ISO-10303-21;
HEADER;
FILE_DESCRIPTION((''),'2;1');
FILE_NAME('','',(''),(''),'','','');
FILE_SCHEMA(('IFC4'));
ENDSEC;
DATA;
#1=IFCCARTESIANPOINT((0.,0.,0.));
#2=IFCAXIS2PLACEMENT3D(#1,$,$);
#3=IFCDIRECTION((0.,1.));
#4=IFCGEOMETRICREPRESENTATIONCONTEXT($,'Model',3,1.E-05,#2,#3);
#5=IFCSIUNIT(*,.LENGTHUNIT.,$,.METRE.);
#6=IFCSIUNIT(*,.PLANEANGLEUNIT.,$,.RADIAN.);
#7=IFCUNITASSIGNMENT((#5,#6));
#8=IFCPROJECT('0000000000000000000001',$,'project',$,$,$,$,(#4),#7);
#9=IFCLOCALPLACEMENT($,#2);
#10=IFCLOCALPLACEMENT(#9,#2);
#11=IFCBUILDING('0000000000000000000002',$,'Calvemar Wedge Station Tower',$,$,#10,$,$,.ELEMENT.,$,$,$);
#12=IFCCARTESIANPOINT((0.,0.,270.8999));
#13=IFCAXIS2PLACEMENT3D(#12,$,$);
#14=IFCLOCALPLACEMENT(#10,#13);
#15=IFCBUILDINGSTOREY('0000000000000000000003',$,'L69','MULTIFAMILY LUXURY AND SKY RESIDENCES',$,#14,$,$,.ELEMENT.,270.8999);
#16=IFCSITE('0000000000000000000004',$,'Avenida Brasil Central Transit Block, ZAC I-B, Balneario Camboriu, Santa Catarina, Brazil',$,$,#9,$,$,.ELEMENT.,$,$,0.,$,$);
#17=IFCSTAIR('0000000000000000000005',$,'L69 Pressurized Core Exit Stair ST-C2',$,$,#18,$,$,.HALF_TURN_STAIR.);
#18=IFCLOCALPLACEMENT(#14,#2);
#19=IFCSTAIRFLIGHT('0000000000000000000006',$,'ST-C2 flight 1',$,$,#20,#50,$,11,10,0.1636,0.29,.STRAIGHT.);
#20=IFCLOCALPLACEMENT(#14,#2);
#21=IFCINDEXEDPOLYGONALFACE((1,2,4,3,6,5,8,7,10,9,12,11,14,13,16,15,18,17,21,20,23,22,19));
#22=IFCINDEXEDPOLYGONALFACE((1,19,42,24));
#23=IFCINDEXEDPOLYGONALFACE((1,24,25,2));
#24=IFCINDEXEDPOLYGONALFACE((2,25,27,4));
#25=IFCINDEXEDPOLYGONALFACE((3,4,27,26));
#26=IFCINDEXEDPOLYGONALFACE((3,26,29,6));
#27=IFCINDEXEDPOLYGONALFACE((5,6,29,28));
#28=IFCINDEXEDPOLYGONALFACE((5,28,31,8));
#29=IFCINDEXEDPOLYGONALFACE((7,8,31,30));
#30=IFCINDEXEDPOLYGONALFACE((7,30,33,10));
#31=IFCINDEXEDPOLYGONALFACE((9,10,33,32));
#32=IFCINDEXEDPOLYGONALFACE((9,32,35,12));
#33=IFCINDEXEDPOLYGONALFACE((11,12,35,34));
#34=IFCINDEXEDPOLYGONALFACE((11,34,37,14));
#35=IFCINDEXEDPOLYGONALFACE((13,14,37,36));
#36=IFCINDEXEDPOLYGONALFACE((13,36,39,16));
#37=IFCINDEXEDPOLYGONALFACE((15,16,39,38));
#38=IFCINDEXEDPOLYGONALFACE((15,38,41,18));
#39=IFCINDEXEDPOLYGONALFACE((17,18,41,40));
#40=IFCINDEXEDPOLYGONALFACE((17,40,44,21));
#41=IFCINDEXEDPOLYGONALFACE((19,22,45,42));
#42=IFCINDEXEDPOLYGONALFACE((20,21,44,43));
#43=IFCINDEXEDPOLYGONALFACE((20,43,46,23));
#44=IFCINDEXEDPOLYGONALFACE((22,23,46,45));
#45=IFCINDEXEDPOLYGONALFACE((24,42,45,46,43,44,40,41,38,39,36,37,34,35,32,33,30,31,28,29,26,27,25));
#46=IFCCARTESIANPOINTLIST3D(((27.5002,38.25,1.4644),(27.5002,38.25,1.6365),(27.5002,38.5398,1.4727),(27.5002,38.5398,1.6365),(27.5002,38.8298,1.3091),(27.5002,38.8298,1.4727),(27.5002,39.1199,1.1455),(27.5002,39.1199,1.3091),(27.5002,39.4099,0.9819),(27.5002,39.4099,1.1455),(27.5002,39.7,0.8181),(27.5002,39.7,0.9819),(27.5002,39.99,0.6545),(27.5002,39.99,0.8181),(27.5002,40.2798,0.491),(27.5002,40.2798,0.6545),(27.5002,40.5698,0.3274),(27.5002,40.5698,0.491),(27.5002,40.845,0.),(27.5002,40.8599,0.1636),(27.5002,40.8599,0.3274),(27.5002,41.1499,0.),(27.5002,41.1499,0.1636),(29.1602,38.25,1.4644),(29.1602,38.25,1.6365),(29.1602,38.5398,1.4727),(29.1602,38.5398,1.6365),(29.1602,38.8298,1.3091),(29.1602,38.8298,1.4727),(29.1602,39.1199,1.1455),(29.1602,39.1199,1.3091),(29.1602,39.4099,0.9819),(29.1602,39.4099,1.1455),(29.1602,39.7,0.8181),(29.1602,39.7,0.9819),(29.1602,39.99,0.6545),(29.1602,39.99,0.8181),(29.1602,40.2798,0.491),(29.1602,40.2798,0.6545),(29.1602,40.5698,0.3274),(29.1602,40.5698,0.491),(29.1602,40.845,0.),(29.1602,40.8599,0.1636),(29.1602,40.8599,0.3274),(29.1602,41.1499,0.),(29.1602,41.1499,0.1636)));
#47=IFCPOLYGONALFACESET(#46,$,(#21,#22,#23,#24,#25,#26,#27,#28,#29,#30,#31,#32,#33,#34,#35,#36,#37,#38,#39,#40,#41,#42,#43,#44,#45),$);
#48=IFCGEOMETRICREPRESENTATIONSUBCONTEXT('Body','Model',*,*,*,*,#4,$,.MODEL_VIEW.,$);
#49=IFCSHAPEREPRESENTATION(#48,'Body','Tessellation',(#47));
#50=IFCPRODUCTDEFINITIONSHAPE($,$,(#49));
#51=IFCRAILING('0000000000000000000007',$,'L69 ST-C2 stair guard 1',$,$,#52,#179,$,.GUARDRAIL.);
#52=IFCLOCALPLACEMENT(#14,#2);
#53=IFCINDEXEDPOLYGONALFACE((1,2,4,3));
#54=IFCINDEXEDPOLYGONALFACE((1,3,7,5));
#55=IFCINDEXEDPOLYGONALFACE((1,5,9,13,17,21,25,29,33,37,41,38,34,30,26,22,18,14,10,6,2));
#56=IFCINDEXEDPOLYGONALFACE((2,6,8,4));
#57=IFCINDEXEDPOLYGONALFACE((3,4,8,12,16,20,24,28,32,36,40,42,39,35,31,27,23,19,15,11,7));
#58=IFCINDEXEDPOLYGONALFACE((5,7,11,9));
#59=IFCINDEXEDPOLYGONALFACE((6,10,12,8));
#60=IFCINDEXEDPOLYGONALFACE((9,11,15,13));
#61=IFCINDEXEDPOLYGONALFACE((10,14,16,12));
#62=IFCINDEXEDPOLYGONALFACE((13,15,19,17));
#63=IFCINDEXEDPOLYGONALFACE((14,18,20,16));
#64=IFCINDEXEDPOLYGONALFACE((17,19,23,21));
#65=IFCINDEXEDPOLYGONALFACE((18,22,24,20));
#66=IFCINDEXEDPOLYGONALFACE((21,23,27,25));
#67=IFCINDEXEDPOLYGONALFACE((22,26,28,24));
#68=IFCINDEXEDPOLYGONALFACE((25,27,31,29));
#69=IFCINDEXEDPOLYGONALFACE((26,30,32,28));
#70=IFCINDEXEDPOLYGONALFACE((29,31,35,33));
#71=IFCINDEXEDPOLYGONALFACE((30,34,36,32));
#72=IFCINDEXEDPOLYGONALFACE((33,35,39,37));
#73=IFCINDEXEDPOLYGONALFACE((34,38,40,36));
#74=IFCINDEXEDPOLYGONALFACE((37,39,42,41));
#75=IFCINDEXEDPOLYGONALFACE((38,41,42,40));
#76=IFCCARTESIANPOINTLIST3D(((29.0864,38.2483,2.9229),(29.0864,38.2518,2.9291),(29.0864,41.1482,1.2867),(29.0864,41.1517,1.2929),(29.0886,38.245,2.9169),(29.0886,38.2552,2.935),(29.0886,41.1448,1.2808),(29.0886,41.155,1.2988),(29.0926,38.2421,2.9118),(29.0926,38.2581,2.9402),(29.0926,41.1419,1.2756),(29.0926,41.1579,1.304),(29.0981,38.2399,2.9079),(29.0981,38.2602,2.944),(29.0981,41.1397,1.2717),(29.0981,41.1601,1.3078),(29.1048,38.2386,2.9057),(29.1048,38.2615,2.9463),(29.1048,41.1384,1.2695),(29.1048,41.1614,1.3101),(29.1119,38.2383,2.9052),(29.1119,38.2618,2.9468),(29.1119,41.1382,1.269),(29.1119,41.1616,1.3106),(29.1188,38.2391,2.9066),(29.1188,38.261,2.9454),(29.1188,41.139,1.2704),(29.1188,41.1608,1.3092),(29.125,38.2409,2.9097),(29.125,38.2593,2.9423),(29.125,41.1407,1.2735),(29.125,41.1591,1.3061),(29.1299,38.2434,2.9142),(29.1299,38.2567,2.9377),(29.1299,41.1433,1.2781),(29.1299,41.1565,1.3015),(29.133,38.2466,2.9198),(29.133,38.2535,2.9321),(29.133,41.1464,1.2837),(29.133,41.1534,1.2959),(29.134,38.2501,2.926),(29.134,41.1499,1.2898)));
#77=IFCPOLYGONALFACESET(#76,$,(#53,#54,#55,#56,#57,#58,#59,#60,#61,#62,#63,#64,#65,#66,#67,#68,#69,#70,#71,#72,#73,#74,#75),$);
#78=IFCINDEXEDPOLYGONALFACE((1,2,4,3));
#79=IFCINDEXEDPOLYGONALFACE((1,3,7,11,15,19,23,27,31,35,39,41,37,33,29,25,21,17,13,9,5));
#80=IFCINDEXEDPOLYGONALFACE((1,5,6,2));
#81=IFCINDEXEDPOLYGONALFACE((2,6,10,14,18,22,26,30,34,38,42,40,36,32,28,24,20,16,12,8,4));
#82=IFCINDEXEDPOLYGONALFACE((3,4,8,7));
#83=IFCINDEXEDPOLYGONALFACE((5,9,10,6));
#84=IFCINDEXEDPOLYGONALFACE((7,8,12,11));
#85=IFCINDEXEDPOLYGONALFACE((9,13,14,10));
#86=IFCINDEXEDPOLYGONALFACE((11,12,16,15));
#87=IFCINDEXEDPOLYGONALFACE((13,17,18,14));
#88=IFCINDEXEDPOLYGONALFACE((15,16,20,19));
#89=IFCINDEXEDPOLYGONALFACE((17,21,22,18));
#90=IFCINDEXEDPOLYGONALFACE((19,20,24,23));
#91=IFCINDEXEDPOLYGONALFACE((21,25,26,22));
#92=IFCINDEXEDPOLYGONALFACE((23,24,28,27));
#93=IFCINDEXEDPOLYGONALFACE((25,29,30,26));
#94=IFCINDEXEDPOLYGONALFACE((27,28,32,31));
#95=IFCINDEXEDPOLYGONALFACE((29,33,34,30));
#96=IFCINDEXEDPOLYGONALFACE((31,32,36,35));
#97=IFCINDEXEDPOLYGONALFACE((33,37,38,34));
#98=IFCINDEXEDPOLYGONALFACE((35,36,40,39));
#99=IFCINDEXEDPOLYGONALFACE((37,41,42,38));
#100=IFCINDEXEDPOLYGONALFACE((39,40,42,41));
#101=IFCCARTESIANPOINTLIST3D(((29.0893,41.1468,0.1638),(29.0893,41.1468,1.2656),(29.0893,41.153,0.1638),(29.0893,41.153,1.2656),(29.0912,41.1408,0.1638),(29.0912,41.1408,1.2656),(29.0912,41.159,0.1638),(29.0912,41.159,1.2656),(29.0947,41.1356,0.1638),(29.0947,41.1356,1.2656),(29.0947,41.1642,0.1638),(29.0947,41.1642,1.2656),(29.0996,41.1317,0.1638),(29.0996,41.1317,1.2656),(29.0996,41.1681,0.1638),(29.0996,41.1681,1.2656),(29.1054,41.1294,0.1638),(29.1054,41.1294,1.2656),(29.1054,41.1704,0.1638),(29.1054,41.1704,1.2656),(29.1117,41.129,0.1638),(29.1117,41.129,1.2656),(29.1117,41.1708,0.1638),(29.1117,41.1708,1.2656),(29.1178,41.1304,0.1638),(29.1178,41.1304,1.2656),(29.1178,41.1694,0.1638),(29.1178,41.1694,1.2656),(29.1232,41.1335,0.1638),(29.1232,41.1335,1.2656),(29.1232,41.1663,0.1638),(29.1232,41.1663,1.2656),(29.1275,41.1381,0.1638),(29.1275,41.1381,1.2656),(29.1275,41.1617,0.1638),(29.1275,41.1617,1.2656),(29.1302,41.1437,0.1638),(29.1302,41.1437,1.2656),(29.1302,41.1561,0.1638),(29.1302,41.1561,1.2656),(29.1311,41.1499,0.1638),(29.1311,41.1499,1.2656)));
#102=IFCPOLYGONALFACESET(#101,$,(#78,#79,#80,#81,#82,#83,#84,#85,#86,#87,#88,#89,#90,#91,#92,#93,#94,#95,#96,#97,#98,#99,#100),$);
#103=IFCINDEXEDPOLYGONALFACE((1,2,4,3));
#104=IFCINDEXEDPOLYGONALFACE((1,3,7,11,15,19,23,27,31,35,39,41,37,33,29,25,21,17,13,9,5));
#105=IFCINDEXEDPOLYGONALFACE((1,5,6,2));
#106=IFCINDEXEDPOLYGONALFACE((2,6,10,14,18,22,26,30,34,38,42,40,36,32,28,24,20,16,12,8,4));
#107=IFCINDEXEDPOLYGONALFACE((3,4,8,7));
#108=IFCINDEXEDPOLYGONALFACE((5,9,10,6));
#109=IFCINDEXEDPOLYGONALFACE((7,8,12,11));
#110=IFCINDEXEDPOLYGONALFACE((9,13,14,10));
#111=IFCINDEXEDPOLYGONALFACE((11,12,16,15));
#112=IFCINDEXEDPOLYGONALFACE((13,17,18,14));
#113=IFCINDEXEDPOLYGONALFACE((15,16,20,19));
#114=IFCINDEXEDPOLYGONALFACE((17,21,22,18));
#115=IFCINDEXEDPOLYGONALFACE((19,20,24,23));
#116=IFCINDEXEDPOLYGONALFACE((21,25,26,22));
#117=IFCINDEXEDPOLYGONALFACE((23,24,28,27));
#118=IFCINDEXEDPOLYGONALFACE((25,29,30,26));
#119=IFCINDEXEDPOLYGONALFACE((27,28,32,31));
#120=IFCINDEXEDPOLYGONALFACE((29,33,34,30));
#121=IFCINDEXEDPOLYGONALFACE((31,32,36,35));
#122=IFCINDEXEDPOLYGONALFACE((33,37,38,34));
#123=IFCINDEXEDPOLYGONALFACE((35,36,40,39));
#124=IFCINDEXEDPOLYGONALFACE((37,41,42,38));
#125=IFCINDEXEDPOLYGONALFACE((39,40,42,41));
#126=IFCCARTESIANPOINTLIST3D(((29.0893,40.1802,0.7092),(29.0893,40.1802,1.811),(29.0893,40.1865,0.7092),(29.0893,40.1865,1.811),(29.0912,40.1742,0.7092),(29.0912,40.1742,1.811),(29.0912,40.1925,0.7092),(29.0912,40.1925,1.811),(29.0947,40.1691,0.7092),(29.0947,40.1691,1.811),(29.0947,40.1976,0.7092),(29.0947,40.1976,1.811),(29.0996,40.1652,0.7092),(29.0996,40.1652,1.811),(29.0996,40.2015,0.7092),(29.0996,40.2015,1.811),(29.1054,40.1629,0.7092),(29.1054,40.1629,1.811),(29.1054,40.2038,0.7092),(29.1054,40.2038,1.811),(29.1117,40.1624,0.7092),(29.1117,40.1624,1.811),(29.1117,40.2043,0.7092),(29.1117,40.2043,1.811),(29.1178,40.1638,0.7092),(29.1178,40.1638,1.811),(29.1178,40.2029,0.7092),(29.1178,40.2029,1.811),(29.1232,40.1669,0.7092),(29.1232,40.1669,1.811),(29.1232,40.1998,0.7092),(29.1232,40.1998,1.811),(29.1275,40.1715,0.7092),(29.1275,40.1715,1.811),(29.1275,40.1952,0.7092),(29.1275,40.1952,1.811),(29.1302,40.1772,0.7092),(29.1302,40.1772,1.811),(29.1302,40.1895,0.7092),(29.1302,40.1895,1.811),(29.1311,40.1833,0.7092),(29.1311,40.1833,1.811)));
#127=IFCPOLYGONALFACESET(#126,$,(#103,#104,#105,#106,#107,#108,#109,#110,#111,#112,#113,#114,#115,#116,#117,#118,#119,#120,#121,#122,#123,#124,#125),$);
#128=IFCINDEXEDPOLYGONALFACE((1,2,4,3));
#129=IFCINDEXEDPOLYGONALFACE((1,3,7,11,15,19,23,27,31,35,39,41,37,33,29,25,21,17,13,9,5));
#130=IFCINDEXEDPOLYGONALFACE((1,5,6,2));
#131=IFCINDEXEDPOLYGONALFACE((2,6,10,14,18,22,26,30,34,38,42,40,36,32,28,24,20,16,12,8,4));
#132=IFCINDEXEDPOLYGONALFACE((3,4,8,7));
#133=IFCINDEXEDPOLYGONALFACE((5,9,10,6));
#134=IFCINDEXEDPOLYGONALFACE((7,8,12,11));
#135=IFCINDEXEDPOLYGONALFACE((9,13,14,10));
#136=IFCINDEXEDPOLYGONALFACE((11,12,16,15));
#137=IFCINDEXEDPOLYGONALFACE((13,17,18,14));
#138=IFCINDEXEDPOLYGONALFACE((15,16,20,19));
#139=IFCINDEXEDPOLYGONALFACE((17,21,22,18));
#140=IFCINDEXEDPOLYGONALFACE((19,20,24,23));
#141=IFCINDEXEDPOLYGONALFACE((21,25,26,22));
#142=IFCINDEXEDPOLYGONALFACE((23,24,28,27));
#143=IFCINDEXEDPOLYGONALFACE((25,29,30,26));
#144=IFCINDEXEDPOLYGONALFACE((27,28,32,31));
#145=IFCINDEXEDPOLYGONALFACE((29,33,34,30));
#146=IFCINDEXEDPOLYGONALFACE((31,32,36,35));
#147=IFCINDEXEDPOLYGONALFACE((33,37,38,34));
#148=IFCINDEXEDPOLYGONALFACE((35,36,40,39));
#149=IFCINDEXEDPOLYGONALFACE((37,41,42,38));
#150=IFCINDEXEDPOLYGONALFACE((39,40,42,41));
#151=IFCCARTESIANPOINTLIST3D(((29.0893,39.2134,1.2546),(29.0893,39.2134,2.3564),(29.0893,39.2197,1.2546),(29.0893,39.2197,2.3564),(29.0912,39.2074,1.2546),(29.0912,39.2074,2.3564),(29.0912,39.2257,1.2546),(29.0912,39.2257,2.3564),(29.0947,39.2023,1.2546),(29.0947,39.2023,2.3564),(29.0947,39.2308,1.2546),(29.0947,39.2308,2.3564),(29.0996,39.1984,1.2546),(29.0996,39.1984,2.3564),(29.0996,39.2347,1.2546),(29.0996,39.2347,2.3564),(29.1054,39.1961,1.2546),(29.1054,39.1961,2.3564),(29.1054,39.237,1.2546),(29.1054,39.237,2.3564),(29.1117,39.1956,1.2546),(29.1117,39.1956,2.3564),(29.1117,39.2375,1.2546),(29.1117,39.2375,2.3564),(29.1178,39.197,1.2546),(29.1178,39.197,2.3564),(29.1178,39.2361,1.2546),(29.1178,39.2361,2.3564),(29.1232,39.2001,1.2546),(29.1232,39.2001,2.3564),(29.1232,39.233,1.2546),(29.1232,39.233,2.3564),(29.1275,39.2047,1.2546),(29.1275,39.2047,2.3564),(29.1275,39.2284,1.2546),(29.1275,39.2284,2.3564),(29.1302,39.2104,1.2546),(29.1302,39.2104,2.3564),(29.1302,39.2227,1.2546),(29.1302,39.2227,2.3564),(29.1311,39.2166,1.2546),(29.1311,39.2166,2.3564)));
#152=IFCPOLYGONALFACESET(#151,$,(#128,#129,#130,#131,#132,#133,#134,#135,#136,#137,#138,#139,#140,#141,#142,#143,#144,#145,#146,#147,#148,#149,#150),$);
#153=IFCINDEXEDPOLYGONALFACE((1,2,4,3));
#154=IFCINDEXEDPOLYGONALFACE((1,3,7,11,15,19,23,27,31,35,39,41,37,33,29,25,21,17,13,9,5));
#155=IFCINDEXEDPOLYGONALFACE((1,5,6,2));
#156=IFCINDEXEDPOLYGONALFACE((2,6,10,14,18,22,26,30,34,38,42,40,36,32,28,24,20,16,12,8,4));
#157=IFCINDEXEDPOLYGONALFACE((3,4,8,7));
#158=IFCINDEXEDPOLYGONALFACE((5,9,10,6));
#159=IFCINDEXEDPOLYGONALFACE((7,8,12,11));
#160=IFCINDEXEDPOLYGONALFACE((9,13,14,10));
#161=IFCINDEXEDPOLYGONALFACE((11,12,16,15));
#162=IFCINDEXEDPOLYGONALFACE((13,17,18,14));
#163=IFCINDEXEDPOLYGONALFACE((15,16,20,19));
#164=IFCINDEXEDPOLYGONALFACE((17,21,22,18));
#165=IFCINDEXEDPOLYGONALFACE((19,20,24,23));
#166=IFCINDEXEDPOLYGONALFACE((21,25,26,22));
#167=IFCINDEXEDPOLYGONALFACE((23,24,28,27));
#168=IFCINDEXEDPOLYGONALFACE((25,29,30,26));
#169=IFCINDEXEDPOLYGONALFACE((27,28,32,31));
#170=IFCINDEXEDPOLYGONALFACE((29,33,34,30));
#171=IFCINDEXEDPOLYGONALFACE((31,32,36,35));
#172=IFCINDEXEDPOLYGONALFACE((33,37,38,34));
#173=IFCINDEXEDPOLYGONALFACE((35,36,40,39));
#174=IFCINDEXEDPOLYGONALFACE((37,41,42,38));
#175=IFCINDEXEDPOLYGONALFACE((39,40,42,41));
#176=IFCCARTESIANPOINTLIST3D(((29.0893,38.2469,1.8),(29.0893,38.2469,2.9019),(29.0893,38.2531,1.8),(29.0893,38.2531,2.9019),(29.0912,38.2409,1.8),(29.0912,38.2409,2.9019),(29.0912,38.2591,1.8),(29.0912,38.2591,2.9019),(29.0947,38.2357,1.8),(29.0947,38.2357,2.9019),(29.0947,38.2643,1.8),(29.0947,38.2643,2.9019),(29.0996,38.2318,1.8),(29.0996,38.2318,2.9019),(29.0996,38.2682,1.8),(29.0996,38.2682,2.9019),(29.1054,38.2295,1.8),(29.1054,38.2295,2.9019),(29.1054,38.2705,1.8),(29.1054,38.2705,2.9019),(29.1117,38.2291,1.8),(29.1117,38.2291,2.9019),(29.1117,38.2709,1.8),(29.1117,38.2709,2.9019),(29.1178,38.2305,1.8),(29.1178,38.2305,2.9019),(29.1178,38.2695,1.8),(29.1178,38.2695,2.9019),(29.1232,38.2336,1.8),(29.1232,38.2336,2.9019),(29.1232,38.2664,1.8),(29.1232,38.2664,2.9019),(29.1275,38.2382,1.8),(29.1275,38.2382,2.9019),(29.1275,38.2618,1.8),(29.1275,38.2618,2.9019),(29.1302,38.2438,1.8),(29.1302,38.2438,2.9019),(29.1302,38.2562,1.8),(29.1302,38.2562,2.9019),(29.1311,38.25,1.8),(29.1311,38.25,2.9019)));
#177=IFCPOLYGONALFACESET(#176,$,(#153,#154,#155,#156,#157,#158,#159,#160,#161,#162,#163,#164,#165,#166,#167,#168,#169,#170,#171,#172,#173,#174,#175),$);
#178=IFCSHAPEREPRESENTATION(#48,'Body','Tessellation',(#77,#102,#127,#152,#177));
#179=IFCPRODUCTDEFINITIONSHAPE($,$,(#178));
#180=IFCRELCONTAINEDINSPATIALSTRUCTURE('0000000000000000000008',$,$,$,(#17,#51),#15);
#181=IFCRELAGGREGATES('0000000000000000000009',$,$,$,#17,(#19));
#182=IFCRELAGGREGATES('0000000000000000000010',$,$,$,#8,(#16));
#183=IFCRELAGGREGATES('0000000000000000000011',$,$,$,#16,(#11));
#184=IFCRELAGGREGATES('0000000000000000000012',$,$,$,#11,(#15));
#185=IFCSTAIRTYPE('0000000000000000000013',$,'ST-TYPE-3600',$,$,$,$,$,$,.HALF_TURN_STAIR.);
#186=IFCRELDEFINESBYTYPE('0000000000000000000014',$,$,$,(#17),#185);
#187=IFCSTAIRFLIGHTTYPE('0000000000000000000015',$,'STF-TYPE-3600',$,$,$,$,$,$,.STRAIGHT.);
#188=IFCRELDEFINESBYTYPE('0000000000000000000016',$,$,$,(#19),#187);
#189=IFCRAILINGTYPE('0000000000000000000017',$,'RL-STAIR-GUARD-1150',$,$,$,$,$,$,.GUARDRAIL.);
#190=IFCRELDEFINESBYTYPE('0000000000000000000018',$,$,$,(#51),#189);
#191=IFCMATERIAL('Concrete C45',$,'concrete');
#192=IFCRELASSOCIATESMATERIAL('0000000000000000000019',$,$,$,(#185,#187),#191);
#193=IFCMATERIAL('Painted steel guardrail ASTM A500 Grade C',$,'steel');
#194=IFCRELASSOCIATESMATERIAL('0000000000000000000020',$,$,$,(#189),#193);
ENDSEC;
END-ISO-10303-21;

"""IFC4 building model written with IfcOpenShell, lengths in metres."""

from ifc_helpers import new_model, si_unit, direction, frame, origin, origin_2d, place, context, subcontext, project, spatial, polyline, circle, outline, extrude, material, type_object, element, aggregate, save


model = new_model("IFC4")

# Units and contexts
model_context = context("Model", 3, precision=1e-05, world=origin(), true_north=direction((0.0, 1.0)))
body_context = subcontext(model_context, "Body", "Model", "MODEL_VIEW")
ifc_project = project(units=[si_unit("LENGTHUNIT", "METRE"), si_unit("PLANEANGLEUNIT", "RADIAN")], contexts=[model_context])

# Site, building, storey
site_placement = place(None, origin())
site = spatial("IfcSite", under=ifc_project, at=site_placement, Name="Avenida Brasil Central Transit Block, ZAC I-B, Balneario Camboriu, Santa Catarina, Brazil", CompositionType="ELEMENT", RefElevation=0.0)
building_placement = place(site_placement, origin())
building = spatial("IfcBuilding", under=site, at=building_placement, Name="Calvemar Wedge Station Tower", CompositionType="ELEMENT")
storey_placement = place(building_placement, frame((0.0, 0.0, 270.8999)))
storey = spatial("IfcBuildingStorey", under=building, at=storey_placement, Name="L69", Description="MULTIFAMILY LUXURY AND SKY RESIDENCES", CompositionType="ELEMENT", Elevation=270.8999)

# Stair, stair flight
ifc_material_1 = material(Name="Concrete C45", Category="concrete")
stair_type = type_object("IfcStairType", Name="ST-TYPE-3600", PredefinedType="HALF_TURN_STAIR", material=ifc_material_1)
stair_placement = place(storey_placement, origin())
stair = element("IfcStair", 1, at=stair_placement, inside=storey, type_object=stair_type, Name="L69 Pressurized Core Exit Stair ST-C2", PredefinedType="HALF_TURN_STAIR")
stair_flight_type = type_object("IfcStairFlightType", Name="STF-TYPE-3600", PredefinedType="STRAIGHT", material=ifc_material_1)
stair_flight_placement = place(storey_placement, frame((28.3301, 41.1499, 0.0), z_axis=(0.0, 0.0, 1.0), x_axis=(0.0, -1.0, 0.0)))
stair_flight = element("IfcStairFlight", 2, at=stair_flight_placement, type_object=stair_flight_type, Name="ST-C2 flight 1", NumberOfRisers=11, NumberOfTreads=10, PredefinedType="STRAIGHT", RiserHeight=0.1636, TreadLength=0.29, context=body_context, shape_type="SweptSolid", body=[
    extrude(outline(polyline([(0.0, 0.0), (0.0, 0.1636), (0.29, 0.1636), (0.29, 0.3274), (0.5801, 0.3274), (0.5801, 0.491), (0.8701, 0.491), (0.8701, 0.6545), (1.1599, 0.6545), (1.1599, 0.8181), (1.45, 0.8181), (1.45, 0.9819), (1.74, 0.9819), (1.74, 1.1455), (2.03, 1.1455), (2.03, 1.3091), (2.3201, 1.3091), (2.3201, 1.4727), (2.6101, 1.4727), (2.6101, 1.6365), (2.8999, 1.6365), (2.8999, 1.8), (2.8999, 1.4644), (0.3049, 0.0), (0.0, 0.0)])), frame((0.0, 0.8301, 0.0), z_axis=(0.0, -1.0, 0.0), x_axis=(1.0, 0.0, 0.0)), (0.0, 0.0, 1.0), 1.6599),
])
aggregate(stair, [stair_flight])

# Railing
ifc_material_2 = material(Name="Painted steel guardrail ASTM A500 Grade C", Category="steel")
railing_type = type_object("IfcRailingType", Name="RL-STAIR-GUARD-1150", PredefinedType="GUARDRAIL", material=ifc_material_2)
railing_1_placement = place(storey_placement, frame((29.1101, 41.1499, 0.1638)))
element("IfcRailing", 3, at=railing_1_placement, inside=storey, type_object=railing_type, Name="L69 ST-C2 stair guard 1", PredefinedType="GUARDRAIL", context=body_context, shape_type="SweptSolid", body=[
    extrude(circle(Radius=0.0239, at=origin_2d()), frame((0.0, 0.0, 1.126), z_axis=(0.0, -0.870929, 0.49141), x_axis=(1.0, 0.0, 0.0)), (0.0, 0.0, 1.0), 3.3296),
    extrude(circle(Radius=0.021, at=origin_2d()), origin(), (0.0, 0.0, 1.0), 1.1018),
    extrude(circle(Radius=0.021, at=origin_2d()), frame((0.0, -0.9666, 0.5454)), (0.0, 0.0, 1.0), 1.1018),
    extrude(circle(Radius=0.021, at=origin_2d()), frame((0.0, -1.9333, 1.0908)), (0.0, 0.0, 1.0), 1.1018),
    extrude(circle(Radius=0.021, at=origin_2d()), frame((0.0, -2.8999, 1.6362)), (0.0, 0.0, 1.0), 1.1018),
])

save(model, "model.ifc")
